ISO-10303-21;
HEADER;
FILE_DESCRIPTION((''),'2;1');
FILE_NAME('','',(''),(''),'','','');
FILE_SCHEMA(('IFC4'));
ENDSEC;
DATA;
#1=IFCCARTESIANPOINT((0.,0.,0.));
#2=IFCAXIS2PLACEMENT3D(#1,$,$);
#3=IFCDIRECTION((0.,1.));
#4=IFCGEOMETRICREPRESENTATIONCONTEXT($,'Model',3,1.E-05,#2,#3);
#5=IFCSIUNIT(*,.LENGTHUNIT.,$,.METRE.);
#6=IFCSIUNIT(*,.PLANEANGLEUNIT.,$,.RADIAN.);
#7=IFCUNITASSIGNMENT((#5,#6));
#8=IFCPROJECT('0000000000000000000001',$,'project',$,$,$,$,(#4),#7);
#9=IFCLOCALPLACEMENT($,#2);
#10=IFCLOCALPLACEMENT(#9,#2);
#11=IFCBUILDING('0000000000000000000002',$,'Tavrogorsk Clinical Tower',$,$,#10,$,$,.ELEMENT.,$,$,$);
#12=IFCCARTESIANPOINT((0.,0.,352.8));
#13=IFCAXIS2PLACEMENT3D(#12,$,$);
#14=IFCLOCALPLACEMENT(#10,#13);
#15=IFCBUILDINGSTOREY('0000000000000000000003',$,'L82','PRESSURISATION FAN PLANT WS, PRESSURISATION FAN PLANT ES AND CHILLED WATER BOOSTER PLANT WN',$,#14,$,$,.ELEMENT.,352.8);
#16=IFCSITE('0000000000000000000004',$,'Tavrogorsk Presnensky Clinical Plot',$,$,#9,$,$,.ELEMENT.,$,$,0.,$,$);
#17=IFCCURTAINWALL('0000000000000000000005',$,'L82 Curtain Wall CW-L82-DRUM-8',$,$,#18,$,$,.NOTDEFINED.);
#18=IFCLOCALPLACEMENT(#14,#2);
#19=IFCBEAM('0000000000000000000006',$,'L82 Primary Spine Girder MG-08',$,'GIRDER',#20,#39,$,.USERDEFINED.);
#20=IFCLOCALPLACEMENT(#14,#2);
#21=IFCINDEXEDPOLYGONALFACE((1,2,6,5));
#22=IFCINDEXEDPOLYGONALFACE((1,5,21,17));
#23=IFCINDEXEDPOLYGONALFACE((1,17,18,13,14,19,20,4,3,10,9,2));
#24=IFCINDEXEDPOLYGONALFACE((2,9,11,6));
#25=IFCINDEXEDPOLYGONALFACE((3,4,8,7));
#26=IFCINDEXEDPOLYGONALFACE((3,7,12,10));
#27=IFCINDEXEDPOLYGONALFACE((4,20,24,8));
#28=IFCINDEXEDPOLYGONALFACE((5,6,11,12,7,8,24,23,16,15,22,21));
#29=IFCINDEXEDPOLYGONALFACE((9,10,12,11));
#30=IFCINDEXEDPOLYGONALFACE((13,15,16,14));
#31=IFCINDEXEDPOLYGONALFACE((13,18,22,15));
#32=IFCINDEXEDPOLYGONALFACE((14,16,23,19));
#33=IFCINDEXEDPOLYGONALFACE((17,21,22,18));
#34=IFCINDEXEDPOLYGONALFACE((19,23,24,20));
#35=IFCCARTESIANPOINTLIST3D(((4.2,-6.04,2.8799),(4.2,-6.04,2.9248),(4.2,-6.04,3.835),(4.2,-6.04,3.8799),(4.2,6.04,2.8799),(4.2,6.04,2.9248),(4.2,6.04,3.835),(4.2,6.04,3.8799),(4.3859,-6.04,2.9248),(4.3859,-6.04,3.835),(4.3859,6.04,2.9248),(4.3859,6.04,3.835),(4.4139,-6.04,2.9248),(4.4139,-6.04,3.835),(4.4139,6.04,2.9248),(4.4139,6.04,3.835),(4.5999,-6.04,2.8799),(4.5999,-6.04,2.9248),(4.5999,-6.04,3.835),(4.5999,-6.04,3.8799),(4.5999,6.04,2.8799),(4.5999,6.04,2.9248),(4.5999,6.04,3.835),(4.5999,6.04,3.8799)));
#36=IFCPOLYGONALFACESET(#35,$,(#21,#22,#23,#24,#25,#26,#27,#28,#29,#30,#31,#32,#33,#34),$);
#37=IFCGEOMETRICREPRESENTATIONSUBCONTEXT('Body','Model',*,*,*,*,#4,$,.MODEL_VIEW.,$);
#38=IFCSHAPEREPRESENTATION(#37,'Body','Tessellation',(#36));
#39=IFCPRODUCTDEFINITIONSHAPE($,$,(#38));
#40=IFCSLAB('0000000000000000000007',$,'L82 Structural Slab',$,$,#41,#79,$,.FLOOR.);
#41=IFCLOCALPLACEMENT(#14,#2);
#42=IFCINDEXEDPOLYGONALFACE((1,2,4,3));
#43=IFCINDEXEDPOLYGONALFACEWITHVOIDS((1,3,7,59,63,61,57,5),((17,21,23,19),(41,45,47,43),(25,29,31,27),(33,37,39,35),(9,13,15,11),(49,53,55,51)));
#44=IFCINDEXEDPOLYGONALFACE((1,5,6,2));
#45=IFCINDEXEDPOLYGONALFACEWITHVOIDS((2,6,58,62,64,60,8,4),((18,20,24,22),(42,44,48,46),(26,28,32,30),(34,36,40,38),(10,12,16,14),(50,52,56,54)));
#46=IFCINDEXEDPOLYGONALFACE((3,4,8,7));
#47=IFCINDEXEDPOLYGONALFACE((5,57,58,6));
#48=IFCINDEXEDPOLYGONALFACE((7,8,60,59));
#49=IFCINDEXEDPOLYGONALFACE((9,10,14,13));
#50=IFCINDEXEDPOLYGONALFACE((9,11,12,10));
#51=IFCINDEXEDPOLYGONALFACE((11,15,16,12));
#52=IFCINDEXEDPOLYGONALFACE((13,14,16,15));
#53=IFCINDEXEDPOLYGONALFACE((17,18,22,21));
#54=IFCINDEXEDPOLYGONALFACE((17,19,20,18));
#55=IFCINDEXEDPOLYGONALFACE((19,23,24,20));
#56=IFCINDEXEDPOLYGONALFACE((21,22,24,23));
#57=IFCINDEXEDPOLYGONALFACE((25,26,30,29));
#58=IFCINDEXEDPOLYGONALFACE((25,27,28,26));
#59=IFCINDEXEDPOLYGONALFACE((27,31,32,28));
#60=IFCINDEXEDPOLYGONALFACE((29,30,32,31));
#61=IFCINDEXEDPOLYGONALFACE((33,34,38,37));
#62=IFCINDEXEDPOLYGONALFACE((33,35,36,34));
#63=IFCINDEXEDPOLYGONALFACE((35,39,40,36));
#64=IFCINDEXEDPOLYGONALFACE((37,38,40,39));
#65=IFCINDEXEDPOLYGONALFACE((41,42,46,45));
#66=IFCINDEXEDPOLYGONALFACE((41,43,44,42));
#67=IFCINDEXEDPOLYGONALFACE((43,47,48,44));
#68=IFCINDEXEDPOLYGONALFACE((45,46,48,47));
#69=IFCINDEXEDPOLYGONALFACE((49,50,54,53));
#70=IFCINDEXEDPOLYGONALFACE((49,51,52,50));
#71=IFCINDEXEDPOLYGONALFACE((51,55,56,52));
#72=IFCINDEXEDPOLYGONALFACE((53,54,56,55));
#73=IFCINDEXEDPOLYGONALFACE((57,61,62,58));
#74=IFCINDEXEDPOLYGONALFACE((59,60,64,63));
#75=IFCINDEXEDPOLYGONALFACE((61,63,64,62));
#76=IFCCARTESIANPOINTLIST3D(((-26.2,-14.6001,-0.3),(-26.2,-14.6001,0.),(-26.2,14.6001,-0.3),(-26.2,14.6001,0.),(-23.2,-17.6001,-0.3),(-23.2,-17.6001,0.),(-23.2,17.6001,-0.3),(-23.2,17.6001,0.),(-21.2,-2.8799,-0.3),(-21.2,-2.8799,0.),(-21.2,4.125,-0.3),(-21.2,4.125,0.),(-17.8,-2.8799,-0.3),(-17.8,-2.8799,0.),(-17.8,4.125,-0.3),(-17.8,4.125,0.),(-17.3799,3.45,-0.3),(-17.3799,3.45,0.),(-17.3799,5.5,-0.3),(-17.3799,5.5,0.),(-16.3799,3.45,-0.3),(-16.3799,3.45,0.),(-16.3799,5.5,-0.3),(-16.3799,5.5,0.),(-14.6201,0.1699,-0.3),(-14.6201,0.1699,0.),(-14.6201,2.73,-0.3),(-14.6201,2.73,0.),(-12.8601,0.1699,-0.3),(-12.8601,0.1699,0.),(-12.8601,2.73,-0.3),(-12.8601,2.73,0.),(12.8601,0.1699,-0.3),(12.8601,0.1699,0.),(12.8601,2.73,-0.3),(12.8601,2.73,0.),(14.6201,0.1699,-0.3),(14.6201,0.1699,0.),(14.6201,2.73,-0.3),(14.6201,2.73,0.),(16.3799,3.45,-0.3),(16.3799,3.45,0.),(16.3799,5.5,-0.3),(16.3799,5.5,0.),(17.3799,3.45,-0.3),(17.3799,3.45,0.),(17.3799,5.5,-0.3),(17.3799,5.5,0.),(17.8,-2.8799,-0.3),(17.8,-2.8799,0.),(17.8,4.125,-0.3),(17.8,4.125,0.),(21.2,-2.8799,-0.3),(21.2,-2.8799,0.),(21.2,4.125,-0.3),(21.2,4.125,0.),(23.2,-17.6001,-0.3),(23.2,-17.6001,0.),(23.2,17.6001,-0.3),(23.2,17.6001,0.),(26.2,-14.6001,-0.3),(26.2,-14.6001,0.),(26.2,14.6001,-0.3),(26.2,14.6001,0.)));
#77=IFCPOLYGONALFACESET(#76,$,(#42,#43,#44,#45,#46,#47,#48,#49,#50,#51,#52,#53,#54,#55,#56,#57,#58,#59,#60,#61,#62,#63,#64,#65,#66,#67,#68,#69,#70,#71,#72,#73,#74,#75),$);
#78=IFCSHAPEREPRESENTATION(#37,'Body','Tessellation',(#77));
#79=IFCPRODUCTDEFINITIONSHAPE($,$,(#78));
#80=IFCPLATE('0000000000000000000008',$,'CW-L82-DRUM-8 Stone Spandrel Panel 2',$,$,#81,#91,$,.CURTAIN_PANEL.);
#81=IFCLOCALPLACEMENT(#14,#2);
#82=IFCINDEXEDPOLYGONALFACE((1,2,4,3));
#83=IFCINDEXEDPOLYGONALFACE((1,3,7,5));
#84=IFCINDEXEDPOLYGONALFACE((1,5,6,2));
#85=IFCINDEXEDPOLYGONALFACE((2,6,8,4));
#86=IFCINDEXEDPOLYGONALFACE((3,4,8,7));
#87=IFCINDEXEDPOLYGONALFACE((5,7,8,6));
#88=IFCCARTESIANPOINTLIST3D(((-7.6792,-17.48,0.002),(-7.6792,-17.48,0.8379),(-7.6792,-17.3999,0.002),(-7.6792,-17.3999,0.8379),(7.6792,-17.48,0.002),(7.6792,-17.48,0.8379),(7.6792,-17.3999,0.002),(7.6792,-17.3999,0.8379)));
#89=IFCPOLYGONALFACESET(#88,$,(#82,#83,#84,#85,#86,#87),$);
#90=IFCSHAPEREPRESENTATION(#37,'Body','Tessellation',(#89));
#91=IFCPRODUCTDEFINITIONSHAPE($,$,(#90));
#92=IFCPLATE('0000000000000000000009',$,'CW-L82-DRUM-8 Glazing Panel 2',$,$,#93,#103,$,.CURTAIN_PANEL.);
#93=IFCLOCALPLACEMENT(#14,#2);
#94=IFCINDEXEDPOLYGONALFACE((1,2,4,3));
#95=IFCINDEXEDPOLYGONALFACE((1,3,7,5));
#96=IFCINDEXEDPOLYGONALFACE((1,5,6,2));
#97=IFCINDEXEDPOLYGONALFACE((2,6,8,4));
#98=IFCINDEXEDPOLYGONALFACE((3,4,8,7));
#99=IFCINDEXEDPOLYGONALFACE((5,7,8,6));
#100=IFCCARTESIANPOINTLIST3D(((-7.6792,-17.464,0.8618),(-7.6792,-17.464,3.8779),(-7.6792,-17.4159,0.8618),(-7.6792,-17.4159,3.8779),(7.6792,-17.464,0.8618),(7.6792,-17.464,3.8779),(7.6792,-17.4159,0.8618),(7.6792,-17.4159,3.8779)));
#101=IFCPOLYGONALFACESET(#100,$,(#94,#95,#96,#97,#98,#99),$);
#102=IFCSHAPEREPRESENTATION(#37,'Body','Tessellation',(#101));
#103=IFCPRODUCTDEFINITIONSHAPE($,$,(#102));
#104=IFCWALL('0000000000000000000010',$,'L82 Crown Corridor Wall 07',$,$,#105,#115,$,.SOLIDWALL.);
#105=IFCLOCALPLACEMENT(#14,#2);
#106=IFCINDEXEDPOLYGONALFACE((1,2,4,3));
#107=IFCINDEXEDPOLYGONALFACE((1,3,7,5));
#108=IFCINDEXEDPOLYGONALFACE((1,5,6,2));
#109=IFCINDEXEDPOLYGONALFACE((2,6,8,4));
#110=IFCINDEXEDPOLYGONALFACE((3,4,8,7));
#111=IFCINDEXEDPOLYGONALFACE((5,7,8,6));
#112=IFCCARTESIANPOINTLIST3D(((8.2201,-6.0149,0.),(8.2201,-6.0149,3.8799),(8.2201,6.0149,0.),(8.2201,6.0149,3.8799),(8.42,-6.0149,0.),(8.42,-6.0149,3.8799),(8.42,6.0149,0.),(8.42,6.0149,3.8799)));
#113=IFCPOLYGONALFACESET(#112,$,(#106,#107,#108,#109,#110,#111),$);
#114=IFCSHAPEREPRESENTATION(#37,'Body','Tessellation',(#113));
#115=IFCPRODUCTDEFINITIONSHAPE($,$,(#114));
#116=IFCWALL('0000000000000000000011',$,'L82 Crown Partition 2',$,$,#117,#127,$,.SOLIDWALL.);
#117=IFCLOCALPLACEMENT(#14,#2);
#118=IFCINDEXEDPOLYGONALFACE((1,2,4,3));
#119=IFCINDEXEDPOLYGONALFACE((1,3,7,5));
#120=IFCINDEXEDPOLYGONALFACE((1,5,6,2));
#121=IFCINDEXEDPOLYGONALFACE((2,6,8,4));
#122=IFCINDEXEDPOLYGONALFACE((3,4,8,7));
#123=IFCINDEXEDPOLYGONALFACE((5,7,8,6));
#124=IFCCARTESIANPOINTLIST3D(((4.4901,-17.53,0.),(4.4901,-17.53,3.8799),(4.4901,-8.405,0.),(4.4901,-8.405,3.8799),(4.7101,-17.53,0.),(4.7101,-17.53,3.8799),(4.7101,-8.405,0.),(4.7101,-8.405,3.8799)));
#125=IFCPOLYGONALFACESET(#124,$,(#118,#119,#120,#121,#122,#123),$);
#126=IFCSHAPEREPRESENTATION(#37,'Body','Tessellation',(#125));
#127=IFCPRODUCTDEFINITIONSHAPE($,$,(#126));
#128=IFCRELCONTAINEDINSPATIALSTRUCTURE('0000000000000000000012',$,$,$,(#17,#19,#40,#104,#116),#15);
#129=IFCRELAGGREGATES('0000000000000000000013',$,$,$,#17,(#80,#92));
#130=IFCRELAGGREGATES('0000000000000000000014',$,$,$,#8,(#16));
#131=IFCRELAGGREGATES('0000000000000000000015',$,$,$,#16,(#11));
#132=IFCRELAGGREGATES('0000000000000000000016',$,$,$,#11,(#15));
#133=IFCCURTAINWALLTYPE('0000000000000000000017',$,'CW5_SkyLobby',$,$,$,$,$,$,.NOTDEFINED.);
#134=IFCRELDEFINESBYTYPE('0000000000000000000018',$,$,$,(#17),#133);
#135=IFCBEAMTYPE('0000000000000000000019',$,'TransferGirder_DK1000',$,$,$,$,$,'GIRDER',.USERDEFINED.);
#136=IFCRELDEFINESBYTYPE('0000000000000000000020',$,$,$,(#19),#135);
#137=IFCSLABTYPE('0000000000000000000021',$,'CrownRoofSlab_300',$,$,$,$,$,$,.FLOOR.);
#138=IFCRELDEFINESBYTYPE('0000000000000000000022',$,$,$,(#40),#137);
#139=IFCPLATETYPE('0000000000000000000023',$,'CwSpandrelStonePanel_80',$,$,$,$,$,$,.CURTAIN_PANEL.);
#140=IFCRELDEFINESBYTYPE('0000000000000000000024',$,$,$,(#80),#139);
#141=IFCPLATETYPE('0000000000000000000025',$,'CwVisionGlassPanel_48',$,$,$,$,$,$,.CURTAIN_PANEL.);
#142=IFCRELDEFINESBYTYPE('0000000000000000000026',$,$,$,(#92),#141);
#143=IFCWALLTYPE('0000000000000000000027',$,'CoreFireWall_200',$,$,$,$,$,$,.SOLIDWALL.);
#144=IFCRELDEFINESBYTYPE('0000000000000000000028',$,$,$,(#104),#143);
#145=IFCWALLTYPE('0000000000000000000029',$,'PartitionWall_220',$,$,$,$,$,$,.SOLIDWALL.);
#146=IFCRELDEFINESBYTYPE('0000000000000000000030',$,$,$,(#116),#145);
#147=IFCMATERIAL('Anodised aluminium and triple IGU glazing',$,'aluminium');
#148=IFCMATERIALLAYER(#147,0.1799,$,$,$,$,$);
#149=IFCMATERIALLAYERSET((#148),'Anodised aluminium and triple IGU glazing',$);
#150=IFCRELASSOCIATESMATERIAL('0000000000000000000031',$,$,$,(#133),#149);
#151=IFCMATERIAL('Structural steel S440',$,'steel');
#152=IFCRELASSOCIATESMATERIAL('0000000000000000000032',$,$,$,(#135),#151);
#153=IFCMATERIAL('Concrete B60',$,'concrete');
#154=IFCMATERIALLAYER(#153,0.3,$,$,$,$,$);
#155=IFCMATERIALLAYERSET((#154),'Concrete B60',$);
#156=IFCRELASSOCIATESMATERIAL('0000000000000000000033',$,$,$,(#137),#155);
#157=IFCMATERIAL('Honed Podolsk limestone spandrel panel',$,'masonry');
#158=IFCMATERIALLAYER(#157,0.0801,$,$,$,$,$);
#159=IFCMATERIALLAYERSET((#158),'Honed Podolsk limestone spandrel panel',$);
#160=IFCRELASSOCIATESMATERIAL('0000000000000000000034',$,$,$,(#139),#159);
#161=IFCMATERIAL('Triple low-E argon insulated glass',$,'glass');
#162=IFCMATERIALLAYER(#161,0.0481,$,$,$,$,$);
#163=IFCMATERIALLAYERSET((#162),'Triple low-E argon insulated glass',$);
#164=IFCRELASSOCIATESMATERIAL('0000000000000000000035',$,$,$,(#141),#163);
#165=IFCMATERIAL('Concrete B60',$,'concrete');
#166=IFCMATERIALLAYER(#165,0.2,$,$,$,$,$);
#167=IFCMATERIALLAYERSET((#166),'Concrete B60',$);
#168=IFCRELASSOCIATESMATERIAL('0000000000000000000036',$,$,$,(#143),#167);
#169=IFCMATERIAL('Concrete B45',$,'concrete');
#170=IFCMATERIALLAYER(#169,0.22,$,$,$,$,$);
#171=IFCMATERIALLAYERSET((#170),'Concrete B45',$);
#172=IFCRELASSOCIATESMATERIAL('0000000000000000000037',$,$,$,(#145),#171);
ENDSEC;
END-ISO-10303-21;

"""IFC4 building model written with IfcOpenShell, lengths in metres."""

from ifc_helpers import new_model, si_unit, direction, frame, frame_2d, origin, origin_2d, place, context, subcontext, project, spatial, polyline, rectangle, i_section, outline, extrude, material, layer, layer_set, material_profile, profile_set, type_object, element, aggregate, save


model = new_model("IFC4")

# Units and contexts
model_context = context("Model", 3, precision=1e-05, world=origin(), true_north=direction((0.0, 1.0)))
body_context = subcontext(model_context, "Body", "Model", "MODEL_VIEW")
ifc_project = project(units=[si_unit("LENGTHUNIT", "METRE"), si_unit("PLANEANGLEUNIT", "RADIAN")], contexts=[model_context])

# Site, building, storey
site_placement = place(None, origin())
site = spatial("IfcSite", under=ifc_project, at=site_placement, Name="Tavrogorsk Presnensky Clinical Plot", CompositionType="ELEMENT", RefElevation=0.0)
building_placement = place(site_placement, origin())
building = spatial("IfcBuilding", under=site, at=building_placement, Name="Tavrogorsk Clinical Tower", CompositionType="ELEMENT")
storey_placement = place(building_placement, frame((0.0, 0.0, 352.8)))
storey = spatial("IfcBuildingStorey", under=building, at=storey_placement, Name="L82", Description="PRESSURISATION FAN PLANT WS, PRESSURISATION FAN PLANT ES AND CHILLED WATER BOOSTER PLANT WN", CompositionType="ELEMENT", Elevation=352.8)

# Curtain wall
ifc_material_1 = material(Name="Anodised aluminium and triple IGU glazing", Category="aluminium")
ifc_layer_1 = layer(ifc_material_1, 0.1799)
ifc_layer_set_1 = layer_set([ifc_layer_1], Name="Anodised aluminium and triple IGU glazing")
curtain_wall_type = type_object("IfcCurtainWallType", Name="CW5_SkyLobby", PredefinedType="NOTDEFINED", material=ifc_layer_set_1)
curtain_wall_placement = place(storey_placement, origin())
curtain_wall = element("IfcCurtainWall", 1, at=curtain_wall_placement, inside=storey, type_object=curtain_wall_type, Name="L82 Curtain Wall CW-L82-DRUM-8", PredefinedType="NOTDEFINED")

# Beam
ifc_material_2 = material(Name="Structural steel S440", Category="steel")
ifc_material_profile_1 = material_profile(ifc_material_2, i_section(OverallWidth=0.3999, OverallDepth=1.0, WebThickness=0.0281, FlangeThickness=0.0449, at=origin_2d()), Name="DK-1000x400x28x45")
ifc_profile_set_1 = profile_set([ifc_material_profile_1], Name="Structural steel S440")
beam_type_1 = type_object("IfcBeamType", Name="TransferGirder_DK1000", ElementType="GIRDER", PredefinedType="USERDEFINED", material=ifc_profile_set_1)
beam_1_placement = place(storey_placement, frame((4.3999, -6.04, 3.3799), z_axis=(0.0, 1.0, 0.0), x_axis=(-1.0, 0.0, 0.0)))
element("IfcBeam", 2, at=beam_1_placement, inside=storey, type_object=beam_type_1, Name="L82 Primary Spine Girder MG-08", ObjectType="GIRDER", PredefinedType="USERDEFINED", context=body_context, shape_type="SweptSolid", body=[
    extrude(i_section(OverallWidth=0.3999, OverallDepth=1.0, WebThickness=0.0281, FlangeThickness=0.0449, at=origin_2d()), origin(), (0.0, 0.0, 1.0), 12.0801),
])

# Slab
ifc_material_3 = material(Name="Concrete B60", Category="concrete")
ifc_layer_2 = layer(ifc_material_3, 0.3)
ifc_layer_set_2 = layer_set([ifc_layer_2], Name="Concrete B60")
slab_type = type_object("IfcSlabType", Name="CrownRoofSlab_300", PredefinedType="FLOOR", material=ifc_layer_set_2)
slab_placement = place(storey_placement, frame((0.0, 0.0, -0.3)))
element("IfcSlab", 3, at=slab_placement, inside=storey, type_object=slab_type, Name="L82 Structural Slab", PredefinedType="FLOOR", context=body_context, shape_type="SweptSolid", body=[
    extrude(outline(polyline([(-23.2, -17.6001), (23.2, -17.6001), (26.2, -14.6001), (26.2, 14.6001), (23.2, 17.6001), (-23.2, 17.6001), (-26.2, 14.6001), (-26.2, -14.6001), (-23.2, -17.6001)]), holes=[polyline([(-17.8, -2.8799), (-17.8, 4.125), (-21.2, 4.125), (-21.2, -2.8799), (-17.8, -2.8799)]), polyline([(21.2, -2.8799), (21.2, 4.125), (17.8, 4.125), (17.8, -2.8799), (21.2, -2.8799)]), polyline([(-14.6201, 0.1699), (-12.8601, 0.1699), (-12.8601, 2.73), (-14.6201, 2.73), (-14.6201, 0.1699)]), polyline([(12.8601, 0.1699), (14.6201, 0.1699), (14.6201, 2.73), (12.8601, 2.73), (12.8601, 0.1699)]), polyline([(-17.3799, 3.45), (-16.3799, 3.45), (-16.3799, 5.5), (-17.3799, 5.5), (-17.3799, 3.45)]), polyline([(16.3799, 3.45), (17.3799, 3.45), (17.3799, 5.5), (16.3799, 5.5), (16.3799, 3.45)])]), origin(), (0.0, 0.0, 1.0), 0.3),
])

# Plates
ifc_material_4 = material(Name="Honed Podolsk limestone spandrel panel", Category="masonry")
ifc_layer_3 = layer(ifc_material_4, 0.0801)
ifc_layer_set_3 = layer_set([ifc_layer_3], Name="Honed Podolsk limestone spandrel panel")
plate_type_1 = type_object("IfcPlateType", Name="CwSpandrelStonePanel_80", PredefinedType="CURTAIN_PANEL", material=ifc_layer_set_3)
plate_1_placement = place(storey_placement, frame((0.0, -17.4399, 0.002), z_axis=(0.0, 0.0, 1.0), x_axis=(-1.0, 0.0, 0.0)))
plate_1 = element("IfcPlate", 4, at=plate_1_placement, type_object=plate_type_1, Name="CW-L82-DRUM-8 Stone Spandrel Panel 2", PredefinedType="CURTAIN_PANEL", context=body_context, shape_type="SweptSolid", body=[
    extrude(rectangle(XDim=15.3584, YDim=0.0801, at=origin_2d()), origin(), (0.0, 0.0, 1.0), 0.8359),
])
ifc_material_5 = material(Name="Triple low-E argon insulated glass", Category="glass")
ifc_layer_4 = layer(ifc_material_5, 0.0481)
ifc_layer_set_4 = layer_set([ifc_layer_4], Name="Triple low-E argon insulated glass")
plate_type_2 = type_object("IfcPlateType", Name="CwVisionGlassPanel_48", PredefinedType="CURTAIN_PANEL", material=ifc_layer_set_4)
plate_2_placement = place(storey_placement, frame((0.0, -17.4399, 0.8618), z_axis=(0.0, 0.0, 1.0), x_axis=(-1.0, 0.0, 0.0)))
plate_2 = element("IfcPlate", 5, at=plate_2_placement, type_object=plate_type_2, Name="CW-L82-DRUM-8 Glazing Panel 2", PredefinedType="CURTAIN_PANEL", context=body_context, shape_type="SweptSolid", body=[
    extrude(rectangle(XDim=15.3584, YDim=0.0481, at=origin_2d()), origin(), (0.0, 0.0, 1.0), 3.0161),
])
aggregate(curtain_wall, [plate_1, plate_2])

# Walls
ifc_material_6 = material(Name="Concrete B60", Category="concrete")
ifc_layer_5 = layer(ifc_material_6, 0.2)
ifc_layer_set_5 = layer_set([ifc_layer_5], Name="Concrete B60")
wall_type_1 = type_object("IfcWallType", Name="CoreFireWall_200", PredefinedType="SOLIDWALL", material=ifc_layer_set_5)
wall_1_placement = place(storey_placement, frame((8.3201, -6.0149, 0.0), z_axis=(0.0, 0.0, 1.0), x_axis=(0.0, 1.0, 0.0)))
element("IfcWall", 6, at=wall_1_placement, inside=storey, type_object=wall_type_1, Name="L82 Crown Corridor Wall 07", PredefinedType="SOLIDWALL", context=body_context, shape_type="SweptSolid", body=[
    extrude(rectangle(XDim=12.0298, YDim=0.2, at=frame_2d((6.0149, 0.0))), origin(), (0.0, 0.0, 1.0), 3.8799),
])
ifc_material_7 = material(Name="Concrete B45", Category="concrete")
ifc_layer_6 = layer(ifc_material_7, 0.22)
ifc_layer_set_6 = layer_set([ifc_layer_6], Name="Concrete B45")
wall_type_2 = type_object("IfcWallType", Name="PartitionWall_220", PredefinedType="SOLIDWALL", material=ifc_layer_set_6)
wall_2_placement = place(storey_placement, frame((4.6001, -17.53, 0.0), z_axis=(0.0, 0.0, 1.0), x_axis=(0.0, 1.0, 0.0)))
element("IfcWall", 7, at=wall_2_placement, inside=storey, type_object=wall_type_2, Name="L82 Crown Partition 2", PredefinedType="SOLIDWALL", context=body_context, shape_type="SweptSolid", body=[
    extrude(rectangle(XDim=9.125, YDim=0.22, at=frame_2d((4.5625, 0.0))), origin(), (0.0, 0.0, 1.0), 3.8799),
])

save(model, "model.ifc")
